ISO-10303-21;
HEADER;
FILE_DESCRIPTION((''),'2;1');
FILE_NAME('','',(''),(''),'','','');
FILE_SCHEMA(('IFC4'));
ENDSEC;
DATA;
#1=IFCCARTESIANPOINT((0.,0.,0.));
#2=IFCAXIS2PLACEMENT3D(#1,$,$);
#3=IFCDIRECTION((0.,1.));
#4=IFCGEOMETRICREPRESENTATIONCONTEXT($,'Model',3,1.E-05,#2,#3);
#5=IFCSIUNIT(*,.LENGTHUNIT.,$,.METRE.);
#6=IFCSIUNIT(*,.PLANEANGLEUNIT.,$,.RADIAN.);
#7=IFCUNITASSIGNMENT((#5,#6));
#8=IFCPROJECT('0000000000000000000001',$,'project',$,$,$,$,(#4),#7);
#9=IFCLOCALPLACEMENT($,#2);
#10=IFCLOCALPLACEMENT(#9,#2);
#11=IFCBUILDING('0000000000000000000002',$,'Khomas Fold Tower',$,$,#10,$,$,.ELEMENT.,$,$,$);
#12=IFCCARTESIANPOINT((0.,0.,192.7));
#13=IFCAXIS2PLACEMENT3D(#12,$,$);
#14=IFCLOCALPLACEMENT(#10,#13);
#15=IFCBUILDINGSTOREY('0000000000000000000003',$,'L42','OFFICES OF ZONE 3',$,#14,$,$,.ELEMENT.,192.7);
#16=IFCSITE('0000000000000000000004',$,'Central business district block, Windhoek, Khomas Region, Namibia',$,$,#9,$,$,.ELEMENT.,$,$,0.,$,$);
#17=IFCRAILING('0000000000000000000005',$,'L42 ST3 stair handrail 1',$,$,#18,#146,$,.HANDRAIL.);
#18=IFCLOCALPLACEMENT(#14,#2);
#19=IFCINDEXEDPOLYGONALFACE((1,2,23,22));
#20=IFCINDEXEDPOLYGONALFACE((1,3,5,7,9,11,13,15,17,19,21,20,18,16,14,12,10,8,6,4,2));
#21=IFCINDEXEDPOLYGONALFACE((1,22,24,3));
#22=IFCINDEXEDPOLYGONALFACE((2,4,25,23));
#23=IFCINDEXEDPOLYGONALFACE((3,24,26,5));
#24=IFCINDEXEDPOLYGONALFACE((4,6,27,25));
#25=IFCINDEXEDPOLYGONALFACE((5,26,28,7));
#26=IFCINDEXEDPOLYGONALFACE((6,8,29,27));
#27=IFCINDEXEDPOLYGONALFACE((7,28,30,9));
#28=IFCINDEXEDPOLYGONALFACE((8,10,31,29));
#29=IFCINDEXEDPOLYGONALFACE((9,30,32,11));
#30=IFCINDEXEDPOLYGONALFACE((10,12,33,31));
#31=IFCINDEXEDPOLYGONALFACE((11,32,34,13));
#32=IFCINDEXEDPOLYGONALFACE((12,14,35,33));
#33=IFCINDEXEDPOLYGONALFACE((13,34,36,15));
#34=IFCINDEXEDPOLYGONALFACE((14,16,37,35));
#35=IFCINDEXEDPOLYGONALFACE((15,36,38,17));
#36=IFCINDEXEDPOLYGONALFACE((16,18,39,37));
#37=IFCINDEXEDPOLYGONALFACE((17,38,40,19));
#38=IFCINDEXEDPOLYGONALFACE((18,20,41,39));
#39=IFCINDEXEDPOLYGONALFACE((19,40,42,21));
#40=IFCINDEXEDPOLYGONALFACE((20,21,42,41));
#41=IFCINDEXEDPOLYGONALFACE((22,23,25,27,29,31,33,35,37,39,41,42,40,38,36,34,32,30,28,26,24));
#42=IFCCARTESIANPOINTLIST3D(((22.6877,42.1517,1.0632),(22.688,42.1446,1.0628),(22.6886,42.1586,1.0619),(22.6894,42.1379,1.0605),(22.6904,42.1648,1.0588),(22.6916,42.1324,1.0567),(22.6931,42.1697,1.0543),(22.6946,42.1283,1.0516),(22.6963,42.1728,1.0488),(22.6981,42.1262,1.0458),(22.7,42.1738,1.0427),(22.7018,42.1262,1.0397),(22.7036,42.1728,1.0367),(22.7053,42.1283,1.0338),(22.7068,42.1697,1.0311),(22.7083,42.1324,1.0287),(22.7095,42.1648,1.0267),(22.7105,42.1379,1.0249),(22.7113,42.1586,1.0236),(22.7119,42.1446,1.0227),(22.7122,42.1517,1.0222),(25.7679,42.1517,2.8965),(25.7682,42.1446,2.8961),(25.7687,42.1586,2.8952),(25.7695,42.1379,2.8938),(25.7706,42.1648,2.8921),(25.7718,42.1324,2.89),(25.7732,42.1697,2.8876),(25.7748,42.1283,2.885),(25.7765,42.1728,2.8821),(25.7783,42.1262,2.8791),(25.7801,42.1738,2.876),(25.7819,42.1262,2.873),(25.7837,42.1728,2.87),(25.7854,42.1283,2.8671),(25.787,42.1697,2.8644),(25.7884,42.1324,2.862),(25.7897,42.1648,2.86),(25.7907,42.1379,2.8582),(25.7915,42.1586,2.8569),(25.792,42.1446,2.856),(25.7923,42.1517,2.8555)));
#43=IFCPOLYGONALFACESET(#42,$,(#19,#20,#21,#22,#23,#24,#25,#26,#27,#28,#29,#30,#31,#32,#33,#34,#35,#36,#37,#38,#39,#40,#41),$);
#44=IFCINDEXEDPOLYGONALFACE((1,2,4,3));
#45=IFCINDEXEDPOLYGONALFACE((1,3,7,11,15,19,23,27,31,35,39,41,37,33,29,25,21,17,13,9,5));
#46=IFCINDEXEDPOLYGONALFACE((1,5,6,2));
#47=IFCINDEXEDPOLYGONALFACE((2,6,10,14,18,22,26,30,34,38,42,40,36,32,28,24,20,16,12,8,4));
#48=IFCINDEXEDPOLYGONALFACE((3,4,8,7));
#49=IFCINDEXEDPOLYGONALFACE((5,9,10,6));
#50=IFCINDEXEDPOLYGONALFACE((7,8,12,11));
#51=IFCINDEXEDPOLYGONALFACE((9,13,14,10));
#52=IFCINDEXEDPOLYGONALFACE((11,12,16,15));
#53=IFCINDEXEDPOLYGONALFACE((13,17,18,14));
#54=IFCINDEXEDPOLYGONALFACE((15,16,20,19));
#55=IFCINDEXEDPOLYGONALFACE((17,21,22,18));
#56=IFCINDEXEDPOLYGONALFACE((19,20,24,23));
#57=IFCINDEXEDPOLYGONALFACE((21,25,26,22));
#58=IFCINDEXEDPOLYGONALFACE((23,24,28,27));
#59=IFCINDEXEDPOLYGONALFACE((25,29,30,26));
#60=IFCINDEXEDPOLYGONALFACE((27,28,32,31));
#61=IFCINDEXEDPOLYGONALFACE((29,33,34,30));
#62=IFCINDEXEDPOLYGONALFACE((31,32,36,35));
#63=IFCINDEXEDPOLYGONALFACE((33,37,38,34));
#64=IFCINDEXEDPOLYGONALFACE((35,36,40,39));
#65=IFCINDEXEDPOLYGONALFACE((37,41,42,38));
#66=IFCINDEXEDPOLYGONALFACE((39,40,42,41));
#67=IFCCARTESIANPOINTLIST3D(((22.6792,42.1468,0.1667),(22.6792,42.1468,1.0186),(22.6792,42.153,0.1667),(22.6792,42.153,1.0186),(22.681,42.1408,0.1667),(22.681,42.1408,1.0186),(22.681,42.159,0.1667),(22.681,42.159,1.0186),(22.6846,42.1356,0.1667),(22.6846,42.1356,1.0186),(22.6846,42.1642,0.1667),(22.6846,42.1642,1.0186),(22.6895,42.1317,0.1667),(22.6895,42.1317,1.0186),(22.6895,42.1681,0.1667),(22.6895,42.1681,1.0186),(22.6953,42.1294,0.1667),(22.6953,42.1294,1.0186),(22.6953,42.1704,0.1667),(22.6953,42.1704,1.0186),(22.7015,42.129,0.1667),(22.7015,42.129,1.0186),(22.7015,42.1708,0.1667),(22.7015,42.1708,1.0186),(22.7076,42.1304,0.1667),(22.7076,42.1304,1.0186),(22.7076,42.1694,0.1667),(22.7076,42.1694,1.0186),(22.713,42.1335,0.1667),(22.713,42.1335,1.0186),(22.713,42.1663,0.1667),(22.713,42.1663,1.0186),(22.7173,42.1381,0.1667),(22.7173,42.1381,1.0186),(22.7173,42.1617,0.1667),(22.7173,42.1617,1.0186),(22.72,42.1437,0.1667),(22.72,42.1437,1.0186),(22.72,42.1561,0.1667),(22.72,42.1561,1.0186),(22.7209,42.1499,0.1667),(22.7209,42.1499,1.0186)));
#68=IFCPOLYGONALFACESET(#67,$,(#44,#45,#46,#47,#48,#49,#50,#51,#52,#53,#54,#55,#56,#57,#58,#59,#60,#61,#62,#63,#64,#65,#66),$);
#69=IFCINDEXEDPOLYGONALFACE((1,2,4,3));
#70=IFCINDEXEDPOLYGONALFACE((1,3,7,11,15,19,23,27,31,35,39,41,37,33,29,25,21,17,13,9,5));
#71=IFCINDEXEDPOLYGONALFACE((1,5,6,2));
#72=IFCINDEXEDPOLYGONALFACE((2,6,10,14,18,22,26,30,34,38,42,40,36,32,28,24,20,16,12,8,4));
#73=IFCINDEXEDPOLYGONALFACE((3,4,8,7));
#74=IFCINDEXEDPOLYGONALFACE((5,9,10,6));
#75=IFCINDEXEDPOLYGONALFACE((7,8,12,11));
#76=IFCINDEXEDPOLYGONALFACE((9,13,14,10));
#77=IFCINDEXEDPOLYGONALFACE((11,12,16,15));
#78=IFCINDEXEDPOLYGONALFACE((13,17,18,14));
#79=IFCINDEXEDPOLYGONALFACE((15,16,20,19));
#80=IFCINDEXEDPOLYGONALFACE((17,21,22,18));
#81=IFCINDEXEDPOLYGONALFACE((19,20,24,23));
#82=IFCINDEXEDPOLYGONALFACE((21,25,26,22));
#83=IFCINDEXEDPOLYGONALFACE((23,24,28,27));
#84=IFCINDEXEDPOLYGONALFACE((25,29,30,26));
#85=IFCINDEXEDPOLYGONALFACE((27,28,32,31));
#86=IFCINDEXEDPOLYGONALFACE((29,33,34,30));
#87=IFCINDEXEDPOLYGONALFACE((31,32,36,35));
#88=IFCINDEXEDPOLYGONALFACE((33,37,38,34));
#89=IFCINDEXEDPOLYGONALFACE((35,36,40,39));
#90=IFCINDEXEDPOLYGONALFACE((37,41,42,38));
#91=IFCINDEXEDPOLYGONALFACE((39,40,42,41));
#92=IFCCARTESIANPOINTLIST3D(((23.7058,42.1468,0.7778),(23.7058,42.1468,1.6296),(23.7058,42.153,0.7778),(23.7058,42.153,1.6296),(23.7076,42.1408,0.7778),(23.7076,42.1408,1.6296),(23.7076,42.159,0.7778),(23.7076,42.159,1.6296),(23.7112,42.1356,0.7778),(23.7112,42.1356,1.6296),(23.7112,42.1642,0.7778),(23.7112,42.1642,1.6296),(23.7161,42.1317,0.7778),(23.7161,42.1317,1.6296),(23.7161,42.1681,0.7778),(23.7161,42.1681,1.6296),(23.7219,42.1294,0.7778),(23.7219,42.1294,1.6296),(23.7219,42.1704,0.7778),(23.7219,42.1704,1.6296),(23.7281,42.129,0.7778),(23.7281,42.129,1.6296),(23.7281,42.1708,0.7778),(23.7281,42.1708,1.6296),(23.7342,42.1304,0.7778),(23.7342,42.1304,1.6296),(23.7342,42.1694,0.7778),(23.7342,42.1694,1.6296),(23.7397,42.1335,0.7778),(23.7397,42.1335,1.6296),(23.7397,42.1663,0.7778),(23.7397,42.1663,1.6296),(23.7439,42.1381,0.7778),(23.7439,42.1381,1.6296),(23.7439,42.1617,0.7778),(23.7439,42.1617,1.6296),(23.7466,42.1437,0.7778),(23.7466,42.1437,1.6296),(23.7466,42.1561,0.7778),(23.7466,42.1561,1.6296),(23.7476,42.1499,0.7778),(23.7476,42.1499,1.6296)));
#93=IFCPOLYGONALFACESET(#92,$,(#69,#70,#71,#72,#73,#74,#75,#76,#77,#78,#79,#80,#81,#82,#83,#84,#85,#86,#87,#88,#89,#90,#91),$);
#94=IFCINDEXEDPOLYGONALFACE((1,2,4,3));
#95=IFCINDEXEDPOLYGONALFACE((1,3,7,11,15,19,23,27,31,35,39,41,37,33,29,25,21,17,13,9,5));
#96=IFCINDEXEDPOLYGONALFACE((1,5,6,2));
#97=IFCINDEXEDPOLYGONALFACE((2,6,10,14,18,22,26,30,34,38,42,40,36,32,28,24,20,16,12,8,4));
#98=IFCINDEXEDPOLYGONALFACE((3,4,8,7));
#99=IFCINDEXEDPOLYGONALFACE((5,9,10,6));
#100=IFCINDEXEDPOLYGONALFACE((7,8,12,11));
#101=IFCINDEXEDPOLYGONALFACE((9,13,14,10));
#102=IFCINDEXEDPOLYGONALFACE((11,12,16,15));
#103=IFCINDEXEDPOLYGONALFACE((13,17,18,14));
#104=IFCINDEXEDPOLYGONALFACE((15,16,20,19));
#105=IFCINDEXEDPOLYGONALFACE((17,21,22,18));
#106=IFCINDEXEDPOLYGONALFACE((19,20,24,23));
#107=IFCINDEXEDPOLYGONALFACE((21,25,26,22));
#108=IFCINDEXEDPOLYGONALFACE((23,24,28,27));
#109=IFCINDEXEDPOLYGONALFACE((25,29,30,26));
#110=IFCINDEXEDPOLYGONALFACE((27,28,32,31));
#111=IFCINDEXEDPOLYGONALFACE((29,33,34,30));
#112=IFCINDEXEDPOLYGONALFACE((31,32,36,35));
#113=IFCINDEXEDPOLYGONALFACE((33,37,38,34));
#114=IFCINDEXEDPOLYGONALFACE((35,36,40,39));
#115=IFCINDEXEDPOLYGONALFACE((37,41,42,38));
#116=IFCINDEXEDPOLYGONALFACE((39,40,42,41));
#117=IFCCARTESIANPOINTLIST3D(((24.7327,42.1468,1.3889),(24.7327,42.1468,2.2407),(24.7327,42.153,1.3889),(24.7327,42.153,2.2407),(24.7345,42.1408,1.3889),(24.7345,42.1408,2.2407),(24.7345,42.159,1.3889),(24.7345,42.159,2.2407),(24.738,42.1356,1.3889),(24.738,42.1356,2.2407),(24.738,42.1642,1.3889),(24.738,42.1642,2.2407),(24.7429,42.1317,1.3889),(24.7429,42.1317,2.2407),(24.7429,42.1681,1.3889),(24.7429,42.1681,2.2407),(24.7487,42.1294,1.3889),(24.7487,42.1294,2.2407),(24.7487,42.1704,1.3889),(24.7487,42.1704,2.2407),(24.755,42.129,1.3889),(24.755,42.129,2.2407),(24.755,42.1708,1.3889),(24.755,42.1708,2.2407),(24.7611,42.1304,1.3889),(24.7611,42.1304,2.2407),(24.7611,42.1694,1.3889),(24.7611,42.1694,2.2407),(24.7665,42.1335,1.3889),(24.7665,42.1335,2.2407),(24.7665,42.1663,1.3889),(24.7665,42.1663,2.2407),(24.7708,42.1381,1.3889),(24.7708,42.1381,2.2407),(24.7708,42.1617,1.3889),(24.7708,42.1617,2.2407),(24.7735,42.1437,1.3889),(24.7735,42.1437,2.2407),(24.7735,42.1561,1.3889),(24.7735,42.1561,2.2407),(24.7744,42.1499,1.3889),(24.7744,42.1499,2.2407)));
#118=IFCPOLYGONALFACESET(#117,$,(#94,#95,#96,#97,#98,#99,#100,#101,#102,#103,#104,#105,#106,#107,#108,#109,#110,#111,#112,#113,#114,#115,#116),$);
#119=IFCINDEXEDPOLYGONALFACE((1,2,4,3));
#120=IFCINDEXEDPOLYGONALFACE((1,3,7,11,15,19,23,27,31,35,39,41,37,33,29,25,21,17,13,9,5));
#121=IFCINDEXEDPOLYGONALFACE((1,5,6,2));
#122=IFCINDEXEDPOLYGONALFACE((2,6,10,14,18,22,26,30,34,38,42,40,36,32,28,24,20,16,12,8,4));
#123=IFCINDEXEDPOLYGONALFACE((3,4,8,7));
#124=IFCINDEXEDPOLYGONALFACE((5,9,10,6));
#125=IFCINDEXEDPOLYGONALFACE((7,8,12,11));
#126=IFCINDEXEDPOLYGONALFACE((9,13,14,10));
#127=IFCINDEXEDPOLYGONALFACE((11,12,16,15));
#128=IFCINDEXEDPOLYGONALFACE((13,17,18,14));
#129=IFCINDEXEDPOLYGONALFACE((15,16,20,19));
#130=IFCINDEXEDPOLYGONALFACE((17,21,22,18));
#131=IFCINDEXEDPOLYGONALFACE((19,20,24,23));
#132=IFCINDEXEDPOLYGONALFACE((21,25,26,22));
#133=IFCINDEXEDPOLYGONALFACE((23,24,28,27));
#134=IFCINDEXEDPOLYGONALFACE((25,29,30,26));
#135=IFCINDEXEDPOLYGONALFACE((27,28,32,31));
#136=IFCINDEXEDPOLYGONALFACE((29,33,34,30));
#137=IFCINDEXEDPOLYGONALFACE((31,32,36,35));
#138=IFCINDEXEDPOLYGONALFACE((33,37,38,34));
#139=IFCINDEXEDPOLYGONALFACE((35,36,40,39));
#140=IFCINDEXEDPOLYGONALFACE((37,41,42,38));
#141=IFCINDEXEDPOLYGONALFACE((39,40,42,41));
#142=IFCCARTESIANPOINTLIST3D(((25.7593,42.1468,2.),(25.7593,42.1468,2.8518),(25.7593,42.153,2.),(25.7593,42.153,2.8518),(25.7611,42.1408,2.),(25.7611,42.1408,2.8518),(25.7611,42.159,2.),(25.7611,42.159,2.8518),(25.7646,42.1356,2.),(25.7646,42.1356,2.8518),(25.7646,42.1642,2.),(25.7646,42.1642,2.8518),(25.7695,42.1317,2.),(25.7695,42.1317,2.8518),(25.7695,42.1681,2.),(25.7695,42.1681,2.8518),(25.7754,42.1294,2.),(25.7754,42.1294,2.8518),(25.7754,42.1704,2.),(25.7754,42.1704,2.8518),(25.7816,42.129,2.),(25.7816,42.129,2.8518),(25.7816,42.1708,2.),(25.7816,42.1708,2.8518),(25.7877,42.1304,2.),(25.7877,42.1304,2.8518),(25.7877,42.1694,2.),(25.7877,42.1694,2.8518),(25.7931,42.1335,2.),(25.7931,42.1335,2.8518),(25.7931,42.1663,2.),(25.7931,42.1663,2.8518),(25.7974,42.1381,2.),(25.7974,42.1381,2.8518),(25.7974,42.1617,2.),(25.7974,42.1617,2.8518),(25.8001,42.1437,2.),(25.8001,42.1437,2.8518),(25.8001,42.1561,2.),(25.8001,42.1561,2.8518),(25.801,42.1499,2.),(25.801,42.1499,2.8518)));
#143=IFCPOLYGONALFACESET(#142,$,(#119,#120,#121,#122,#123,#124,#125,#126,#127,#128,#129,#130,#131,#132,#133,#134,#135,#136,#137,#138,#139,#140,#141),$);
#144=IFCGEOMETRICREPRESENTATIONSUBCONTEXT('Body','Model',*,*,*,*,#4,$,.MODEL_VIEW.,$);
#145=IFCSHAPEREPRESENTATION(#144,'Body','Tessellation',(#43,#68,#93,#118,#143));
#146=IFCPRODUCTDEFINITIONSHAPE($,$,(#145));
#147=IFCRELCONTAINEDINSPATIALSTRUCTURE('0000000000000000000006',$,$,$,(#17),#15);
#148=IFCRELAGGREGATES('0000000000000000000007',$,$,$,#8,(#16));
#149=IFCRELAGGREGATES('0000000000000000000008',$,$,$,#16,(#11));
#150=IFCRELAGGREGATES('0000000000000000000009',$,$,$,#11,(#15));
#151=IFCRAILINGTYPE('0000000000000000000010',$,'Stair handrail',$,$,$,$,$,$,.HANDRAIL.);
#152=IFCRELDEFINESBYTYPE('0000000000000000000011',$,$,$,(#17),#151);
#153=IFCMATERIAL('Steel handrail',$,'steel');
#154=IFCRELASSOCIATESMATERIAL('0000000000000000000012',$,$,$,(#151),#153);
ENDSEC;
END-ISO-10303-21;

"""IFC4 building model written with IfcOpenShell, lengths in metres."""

from ifc_helpers import new_model, si_unit, direction, frame, origin, origin_2d, place, context, subcontext, project, spatial, circle, extrude, source, transform, mapped, material, type_object, element, save


model = new_model("IFC4")

# Units and contexts
model_context = context("Model", 3, precision=1e-05, world=origin(), true_north=direction((0.0, 1.0)))
body_context = subcontext(model_context, "Body", "Model", "MODEL_VIEW")
ifc_project = project(units=[si_unit("LENGTHUNIT", "METRE"), si_unit("PLANEANGLEUNIT", "RADIAN")], contexts=[model_context])

# Site, building, storey
site_placement = place(None, origin())
site = spatial("IfcSite", under=ifc_project, at=site_placement, Name="Central business district block, Windhoek, Khomas Region, Namibia", CompositionType="ELEMENT", RefElevation=0.0)
building_placement = place(site_placement, origin())
building = spatial("IfcBuilding", under=site, at=building_placement, Name="Khomas Fold Tower", CompositionType="ELEMENT")
storey_placement = place(building_placement, frame((0.0, 0.0, 192.7)))
storey = spatial("IfcBuildingStorey", under=building, at=storey_placement, Name="L42", Description="OFFICES OF ZONE 3", CompositionType="ELEMENT", Elevation=192.7)

# Railing
ifc_material_1 = material(Name="Steel handrail", Category="steel")
railing_type_1 = type_object("IfcRailingType", Name="Stair handrail", PredefinedType="HANDRAIL", material=ifc_material_1)
shared_shape_1 = source(origin(), body_context, "Body", "SweptSolid", [
    extrude(circle(Radius=0.0239, at=origin_2d()), frame((0.0, 0.0, 0.876), z_axis=(0.859309, 0.0, 0.511458), x_axis=(0.0, 1.0, 0.0)), (0.0, 0.0, 1.0), 3.5845),
    extrude(circle(Radius=0.021, at=origin_2d()), origin(), (0.0, 0.0, 1.0), 0.8518),
    extrude(circle(Radius=0.021, at=origin_2d()), frame((1.0266, 0.0, 0.6111)), (0.0, 0.0, 1.0), 0.8518),
    extrude(circle(Radius=0.021, at=origin_2d()), frame((2.0535, 0.0, 1.2222)), (0.0, 0.0, 1.0), 0.8518),
    extrude(circle(Radius=0.021, at=origin_2d()), frame((3.0801, 0.0, 1.8333)), (0.0, 0.0, 1.0), 0.8518),
])
railing_1_placement = place(storey_placement, frame((22.7, 42.1499, 0.1667)))
element("IfcRailing", 1, at=railing_1_placement, inside=storey, type_object=railing_type_1, Name="L42 ST3 stair handrail 1", PredefinedType="HANDRAIL", context=body_context, shape_type="MappedRepresentation", body=[
    mapped(shared_shape_1, transform((0.0, 0.0, 0.0))),
])

save(model, "model.ifc")
